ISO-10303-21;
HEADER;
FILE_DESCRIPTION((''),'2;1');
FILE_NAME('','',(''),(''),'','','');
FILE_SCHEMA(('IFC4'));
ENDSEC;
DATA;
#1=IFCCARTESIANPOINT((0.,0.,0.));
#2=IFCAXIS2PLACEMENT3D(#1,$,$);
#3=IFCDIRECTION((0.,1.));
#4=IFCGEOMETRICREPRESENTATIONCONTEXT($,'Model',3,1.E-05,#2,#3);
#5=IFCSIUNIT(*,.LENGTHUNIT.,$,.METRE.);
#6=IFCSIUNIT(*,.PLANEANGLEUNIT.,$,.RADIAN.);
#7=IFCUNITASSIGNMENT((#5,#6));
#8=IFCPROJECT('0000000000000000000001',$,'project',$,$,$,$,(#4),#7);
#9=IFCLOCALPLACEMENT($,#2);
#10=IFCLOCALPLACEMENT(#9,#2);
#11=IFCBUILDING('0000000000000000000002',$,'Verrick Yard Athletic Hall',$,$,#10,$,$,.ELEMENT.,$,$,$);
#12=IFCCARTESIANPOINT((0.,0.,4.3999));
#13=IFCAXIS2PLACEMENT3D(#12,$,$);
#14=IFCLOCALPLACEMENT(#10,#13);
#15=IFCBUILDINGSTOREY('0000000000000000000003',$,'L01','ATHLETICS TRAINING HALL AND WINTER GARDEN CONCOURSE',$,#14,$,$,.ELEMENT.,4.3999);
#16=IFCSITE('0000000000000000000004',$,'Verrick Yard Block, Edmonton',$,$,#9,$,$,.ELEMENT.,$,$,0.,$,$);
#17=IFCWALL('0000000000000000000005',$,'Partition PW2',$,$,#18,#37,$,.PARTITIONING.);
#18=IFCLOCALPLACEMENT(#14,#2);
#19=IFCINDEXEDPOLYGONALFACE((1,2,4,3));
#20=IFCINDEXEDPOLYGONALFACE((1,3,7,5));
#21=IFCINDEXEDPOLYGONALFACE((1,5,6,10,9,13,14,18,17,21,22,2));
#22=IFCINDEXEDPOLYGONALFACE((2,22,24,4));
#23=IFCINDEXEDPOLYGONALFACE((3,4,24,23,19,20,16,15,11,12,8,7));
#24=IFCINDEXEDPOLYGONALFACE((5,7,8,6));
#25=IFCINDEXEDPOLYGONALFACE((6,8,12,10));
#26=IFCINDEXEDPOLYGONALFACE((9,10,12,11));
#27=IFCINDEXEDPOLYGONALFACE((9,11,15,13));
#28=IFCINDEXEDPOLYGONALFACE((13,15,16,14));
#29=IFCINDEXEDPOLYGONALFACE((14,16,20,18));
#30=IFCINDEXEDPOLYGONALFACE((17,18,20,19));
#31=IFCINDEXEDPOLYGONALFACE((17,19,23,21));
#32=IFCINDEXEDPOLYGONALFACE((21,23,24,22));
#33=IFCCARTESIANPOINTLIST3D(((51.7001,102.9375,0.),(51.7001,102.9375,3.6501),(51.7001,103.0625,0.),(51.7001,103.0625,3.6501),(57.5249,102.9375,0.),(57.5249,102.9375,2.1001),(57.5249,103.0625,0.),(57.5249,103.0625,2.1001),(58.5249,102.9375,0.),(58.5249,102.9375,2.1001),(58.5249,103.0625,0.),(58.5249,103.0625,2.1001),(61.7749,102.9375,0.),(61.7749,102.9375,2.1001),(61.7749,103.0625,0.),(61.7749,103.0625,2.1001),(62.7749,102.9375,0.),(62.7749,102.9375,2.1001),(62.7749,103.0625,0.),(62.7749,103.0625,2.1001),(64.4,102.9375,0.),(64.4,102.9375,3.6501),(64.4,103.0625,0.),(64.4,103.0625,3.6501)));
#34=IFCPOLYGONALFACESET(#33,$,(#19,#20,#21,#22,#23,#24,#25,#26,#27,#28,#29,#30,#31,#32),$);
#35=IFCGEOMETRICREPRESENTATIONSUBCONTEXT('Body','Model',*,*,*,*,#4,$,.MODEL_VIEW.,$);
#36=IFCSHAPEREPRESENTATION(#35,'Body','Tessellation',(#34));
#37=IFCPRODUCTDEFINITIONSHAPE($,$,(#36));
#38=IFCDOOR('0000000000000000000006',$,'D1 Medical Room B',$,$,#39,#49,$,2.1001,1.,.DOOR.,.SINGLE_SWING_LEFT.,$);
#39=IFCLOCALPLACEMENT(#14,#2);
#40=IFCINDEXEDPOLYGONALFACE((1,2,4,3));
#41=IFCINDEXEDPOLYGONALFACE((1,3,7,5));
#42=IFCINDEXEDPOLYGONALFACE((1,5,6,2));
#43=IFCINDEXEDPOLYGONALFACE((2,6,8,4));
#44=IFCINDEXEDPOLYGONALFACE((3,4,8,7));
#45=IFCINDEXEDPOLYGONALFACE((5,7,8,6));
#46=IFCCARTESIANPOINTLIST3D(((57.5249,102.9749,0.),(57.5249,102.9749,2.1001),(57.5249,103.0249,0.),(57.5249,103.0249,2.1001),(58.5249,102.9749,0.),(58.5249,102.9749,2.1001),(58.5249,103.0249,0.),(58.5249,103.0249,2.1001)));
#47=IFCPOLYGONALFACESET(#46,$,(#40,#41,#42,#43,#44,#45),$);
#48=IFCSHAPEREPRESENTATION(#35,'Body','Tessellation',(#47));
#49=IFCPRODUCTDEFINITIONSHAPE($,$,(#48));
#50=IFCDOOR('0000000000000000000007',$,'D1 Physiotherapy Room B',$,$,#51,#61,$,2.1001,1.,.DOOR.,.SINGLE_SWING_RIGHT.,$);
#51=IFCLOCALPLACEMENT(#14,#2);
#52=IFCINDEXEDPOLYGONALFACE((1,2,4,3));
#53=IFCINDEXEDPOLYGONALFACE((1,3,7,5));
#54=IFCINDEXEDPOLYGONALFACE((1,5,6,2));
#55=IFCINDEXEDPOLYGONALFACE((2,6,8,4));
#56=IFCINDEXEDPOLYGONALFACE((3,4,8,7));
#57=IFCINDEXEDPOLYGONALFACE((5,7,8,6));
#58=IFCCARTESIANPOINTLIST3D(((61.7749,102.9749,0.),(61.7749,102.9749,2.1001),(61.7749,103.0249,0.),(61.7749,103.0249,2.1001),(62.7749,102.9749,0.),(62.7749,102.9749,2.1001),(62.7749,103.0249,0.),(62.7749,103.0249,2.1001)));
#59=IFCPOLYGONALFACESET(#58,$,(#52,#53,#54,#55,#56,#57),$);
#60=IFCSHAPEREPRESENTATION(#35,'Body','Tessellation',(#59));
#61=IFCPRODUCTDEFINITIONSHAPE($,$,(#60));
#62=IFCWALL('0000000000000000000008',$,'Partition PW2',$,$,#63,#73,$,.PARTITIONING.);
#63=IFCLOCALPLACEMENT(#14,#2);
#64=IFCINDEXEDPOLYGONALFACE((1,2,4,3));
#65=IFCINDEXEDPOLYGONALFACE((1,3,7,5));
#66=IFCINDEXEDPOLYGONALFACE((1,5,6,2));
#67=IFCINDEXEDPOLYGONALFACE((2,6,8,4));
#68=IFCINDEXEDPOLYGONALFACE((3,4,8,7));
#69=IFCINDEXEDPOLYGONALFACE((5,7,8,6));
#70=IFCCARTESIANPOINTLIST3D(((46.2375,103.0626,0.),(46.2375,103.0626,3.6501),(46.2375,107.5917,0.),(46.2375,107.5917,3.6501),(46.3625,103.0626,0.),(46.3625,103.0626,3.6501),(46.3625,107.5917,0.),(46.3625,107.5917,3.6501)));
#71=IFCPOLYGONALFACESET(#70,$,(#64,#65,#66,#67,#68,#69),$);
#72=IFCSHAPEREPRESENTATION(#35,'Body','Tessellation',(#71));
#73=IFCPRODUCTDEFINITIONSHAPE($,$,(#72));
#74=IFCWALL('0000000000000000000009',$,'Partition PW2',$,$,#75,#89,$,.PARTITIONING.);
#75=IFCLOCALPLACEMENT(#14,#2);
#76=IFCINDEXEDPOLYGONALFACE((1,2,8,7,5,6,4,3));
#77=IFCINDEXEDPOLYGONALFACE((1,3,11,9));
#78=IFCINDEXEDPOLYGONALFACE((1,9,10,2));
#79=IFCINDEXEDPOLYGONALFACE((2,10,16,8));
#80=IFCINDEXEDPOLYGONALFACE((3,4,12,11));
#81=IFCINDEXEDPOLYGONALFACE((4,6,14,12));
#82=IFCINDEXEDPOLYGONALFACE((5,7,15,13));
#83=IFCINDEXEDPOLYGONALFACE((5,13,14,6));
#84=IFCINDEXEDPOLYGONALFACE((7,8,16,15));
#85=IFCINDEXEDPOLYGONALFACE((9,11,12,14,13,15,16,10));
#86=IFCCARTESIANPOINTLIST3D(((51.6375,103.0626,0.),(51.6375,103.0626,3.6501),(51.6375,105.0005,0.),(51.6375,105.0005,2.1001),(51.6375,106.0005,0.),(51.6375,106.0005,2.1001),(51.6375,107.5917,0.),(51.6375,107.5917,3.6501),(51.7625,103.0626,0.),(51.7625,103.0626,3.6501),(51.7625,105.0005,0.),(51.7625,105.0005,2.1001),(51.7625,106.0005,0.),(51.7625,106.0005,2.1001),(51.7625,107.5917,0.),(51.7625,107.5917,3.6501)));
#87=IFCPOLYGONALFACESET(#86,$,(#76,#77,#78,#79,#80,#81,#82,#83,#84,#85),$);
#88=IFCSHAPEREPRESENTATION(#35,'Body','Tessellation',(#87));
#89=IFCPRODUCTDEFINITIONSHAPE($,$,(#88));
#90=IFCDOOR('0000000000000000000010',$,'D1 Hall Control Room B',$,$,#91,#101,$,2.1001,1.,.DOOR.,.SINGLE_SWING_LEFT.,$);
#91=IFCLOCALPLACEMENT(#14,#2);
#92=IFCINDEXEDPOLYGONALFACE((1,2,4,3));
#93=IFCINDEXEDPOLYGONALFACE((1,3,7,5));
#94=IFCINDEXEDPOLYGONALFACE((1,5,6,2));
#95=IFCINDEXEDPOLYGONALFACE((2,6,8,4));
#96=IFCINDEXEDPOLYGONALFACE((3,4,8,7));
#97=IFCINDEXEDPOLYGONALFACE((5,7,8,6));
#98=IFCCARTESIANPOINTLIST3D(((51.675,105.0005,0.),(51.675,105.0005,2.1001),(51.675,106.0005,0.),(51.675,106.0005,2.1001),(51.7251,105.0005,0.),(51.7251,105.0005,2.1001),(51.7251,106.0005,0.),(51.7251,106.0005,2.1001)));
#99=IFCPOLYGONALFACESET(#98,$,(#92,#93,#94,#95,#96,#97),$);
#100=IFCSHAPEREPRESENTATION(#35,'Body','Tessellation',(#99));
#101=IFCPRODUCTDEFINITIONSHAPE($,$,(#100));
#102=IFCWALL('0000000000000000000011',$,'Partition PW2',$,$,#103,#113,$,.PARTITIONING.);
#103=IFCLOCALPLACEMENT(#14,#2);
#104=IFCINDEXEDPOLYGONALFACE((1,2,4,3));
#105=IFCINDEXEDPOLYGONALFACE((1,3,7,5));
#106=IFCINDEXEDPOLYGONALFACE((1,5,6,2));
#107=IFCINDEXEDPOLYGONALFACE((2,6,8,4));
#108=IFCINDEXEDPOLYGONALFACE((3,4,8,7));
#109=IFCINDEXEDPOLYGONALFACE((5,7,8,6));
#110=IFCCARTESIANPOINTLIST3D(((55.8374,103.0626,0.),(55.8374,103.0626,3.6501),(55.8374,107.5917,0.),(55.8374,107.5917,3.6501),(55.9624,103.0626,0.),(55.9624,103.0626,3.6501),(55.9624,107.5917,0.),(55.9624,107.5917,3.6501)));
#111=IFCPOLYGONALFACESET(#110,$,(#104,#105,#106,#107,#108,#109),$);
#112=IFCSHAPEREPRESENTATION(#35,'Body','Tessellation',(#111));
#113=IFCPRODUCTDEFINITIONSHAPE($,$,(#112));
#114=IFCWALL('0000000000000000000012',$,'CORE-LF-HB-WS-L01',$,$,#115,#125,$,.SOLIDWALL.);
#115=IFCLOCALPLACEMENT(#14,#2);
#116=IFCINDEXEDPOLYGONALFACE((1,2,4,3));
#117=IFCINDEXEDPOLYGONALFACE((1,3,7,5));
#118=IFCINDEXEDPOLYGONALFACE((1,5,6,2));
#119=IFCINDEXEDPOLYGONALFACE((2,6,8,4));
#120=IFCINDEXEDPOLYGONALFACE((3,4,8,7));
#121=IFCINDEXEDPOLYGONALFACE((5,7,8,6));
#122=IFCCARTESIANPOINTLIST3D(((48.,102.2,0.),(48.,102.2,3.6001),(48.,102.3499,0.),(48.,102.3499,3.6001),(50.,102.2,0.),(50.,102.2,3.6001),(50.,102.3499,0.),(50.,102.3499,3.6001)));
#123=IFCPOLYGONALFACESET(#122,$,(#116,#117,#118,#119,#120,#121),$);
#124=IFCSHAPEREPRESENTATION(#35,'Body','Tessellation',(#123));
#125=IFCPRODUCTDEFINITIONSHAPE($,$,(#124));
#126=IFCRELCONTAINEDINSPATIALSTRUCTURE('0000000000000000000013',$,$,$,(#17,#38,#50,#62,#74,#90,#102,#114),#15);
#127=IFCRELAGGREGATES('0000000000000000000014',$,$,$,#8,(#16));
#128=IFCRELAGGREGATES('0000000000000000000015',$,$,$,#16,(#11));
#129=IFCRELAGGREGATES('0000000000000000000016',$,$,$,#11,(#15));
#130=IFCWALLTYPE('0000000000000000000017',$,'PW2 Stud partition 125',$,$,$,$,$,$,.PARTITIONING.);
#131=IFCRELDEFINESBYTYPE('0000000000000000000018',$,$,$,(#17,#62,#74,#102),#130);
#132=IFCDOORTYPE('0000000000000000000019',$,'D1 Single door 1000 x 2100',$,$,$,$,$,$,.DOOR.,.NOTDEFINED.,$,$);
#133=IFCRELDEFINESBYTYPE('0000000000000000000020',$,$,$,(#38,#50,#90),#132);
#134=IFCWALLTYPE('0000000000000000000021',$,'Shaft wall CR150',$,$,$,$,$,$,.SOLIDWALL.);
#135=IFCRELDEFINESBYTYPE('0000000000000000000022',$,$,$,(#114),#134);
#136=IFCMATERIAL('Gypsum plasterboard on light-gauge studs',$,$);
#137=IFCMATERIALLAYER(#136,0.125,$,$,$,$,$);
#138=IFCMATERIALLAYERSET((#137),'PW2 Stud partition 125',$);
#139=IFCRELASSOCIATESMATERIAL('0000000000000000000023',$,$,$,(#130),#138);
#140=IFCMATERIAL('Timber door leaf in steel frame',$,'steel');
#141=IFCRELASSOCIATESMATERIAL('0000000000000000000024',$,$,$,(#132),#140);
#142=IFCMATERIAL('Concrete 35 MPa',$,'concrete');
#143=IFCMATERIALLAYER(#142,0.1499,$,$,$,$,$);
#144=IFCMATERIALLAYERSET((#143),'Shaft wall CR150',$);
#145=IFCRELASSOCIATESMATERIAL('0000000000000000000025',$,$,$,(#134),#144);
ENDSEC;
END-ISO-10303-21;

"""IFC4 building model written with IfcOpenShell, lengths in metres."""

from ifc_helpers import new_model, si_unit, direction, frame, frame_2d, origin, place, context, subcontext, project, spatial, rectangle, extrude, material, layer, layer_set, type_object, element, fill, save


model = new_model("IFC4")

# Units and contexts
model_context = context("Model", 3, precision=1e-05, world=origin(), true_north=direction((0.0, 1.0)))
body_context = subcontext(model_context, "Body", "Model", "MODEL_VIEW")
ifc_project = project(units=[si_unit("LENGTHUNIT", "METRE"), si_unit("PLANEANGLEUNIT", "RADIAN")], contexts=[model_context])

# Site, building, storey
site_placement = place(None, origin())
site = spatial("IfcSite", under=ifc_project, at=site_placement, Name="Verrick Yard Block, Edmonton", CompositionType="ELEMENT", RefElevation=0.0)
building_placement = place(site_placement, origin())
building = spatial("IfcBuilding", under=site, at=building_placement, Name="Verrick Yard Athletic Hall", CompositionType="ELEMENT")
storey_placement = place(building_placement, frame((0.0, 0.0, 4.3999)))
storey = spatial("IfcBuildingStorey", under=building, at=storey_placement, Name="L01", Description="ATHLETICS TRAINING HALL AND WINTER GARDEN CONCOURSE", CompositionType="ELEMENT", Elevation=4.3999)

# Shared definitions
ifc_material_1 = material(Name="Concrete 35 MPa", Category="concrete")

# Wall, openings, doors
ifc_material_2 = material(Name="Gypsum plasterboard on light-gauge studs")
ifc_layer_1 = layer(ifc_material_2, 0.125)
ifc_layer_set_1 = layer_set([ifc_layer_1], Name="PW2 Stud partition 125")
wall_type_1 = type_object("IfcWallType", Name="PW2 Stud partition 125", PredefinedType="PARTITIONING", material=ifc_layer_set_1)
wall_1_placement = place(storey_placement, frame((51.7, 103.0, 0.0), z_axis=(0.0, 0.0, 1.0), x_axis=(1.0, 0.0, 0.0)))
wall_1 = element("IfcWall", 1, at=wall_1_placement, inside=storey, type_object=wall_type_1, Name="Partition PW2", PredefinedType="PARTITIONING", context=body_context, shape_type="SweptSolid", body=[
    extrude(rectangle(XDim=12.7, YDim=0.125, at=frame_2d((6.3501, 0.0))), origin(), (0.0, 0.0, 1.0), 3.6501),
])
opening_1_placement = place(wall_1_placement, frame((5.825, 0.0, 0.0)))
opening_1 = element("IfcOpeningElement", 2, at=opening_1_placement, cuts=wall_1, PredefinedType="OPENING", context=body_context, shape_type="SweptSolid", body=[
    extrude(rectangle(XDim=1.0, YDim=2.1001, at=frame_2d((0.5, 1.05))), frame((0.0, 0.0725, 0.0), z_axis=(0.0, -1.0, 0.0), x_axis=(1.0, 0.0, 0.0)), (0.0, 0.0, 1.0), 0.145),
])
opening_2_placement = place(wall_1_placement, frame((10.075, 0.0, 0.0)))
opening_2 = element("IfcOpeningElement", 3, at=opening_2_placement, cuts=wall_1, PredefinedType="OPENING", context=body_context, shape_type="SweptSolid", body=[
    extrude(rectangle(XDim=1.0, YDim=2.1001, at=frame_2d((0.5, 1.05))), frame((0.0, 0.0725, 0.0), z_axis=(0.0, -1.0, 0.0), x_axis=(1.0, 0.0, 0.0)), (0.0, 0.0, 1.0), 0.145),
])
ifc_material_3 = material(Name="Timber door leaf in steel frame", Category="steel")
door_type_1 = type_object("IfcDoorType", Name="D1 Single door 1000 x 2100", OperationType="NOTDEFINED", PredefinedType="DOOR", material=ifc_material_3)
door_1_placement = place(opening_1_placement, origin())
door_1 = element("IfcDoor", 4, at=door_1_placement, inside=storey, type_object=door_type_1, Name="D1 Medical Room B", OperationType="SINGLE_SWING_LEFT", OverallHeight=2.1001, OverallWidth=1.0, PredefinedType="DOOR", context=body_context, shape_type="SweptSolid", body=[
    extrude(rectangle(XDim=1.0, YDim=2.1001, at=frame_2d((0.5, 1.05))), frame((0.0, 0.0249, 0.0), z_axis=(0.0, -1.0, 0.0), x_axis=(1.0, 0.0, 0.0)), (0.0, 0.0, 1.0), 0.05),
])
fill(opening_1, door_1)
door_2_placement = place(opening_2_placement, origin())
door_2 = element("IfcDoor", 5, at=door_2_placement, inside=storey, type_object=door_type_1, Name="D1 Physiotherapy Room B", OperationType="SINGLE_SWING_RIGHT", OverallHeight=2.1001, OverallWidth=1.0, PredefinedType="DOOR", context=body_context, shape_type="SweptSolid", body=[
    extrude(rectangle(XDim=1.0, YDim=2.1001, at=frame_2d((0.5, 1.05))), frame((0.0, 0.0249, 0.0), z_axis=(0.0, -1.0, 0.0), x_axis=(1.0, 0.0, 0.0)), (0.0, 0.0, 1.0), 0.05),
])
fill(opening_2, door_2)

# Wall
wall_2_placement = place(storey_placement, frame((46.3, 103.0625, 0.0), z_axis=(0.0, 0.0, 1.0), x_axis=(0.0, 1.0, 0.0)))
element("IfcWall", 6, at=wall_2_placement, inside=storey, type_object=wall_type_1, Name="Partition PW2", PredefinedType="PARTITIONING", context=body_context, shape_type="SweptSolid", body=[
    extrude(rectangle(XDim=4.5291, YDim=0.125, at=frame_2d((2.2646, 0.0))), origin(), (0.0, 0.0, 1.0), 3.6501),
])

# Wall, opening, door
wall_3_placement = place(storey_placement, frame((51.7, 103.0625, 0.0), z_axis=(0.0, 0.0, 1.0), x_axis=(0.0, 1.0, 0.0)))
wall_3 = element("IfcWall", 7, at=wall_3_placement, inside=storey, type_object=wall_type_1, Name="Partition PW2", PredefinedType="PARTITIONING", context=body_context, shape_type="SweptSolid", body=[
    extrude(rectangle(XDim=4.5291, YDim=0.125, at=frame_2d((2.2646, 0.0))), origin(), (0.0, 0.0, 1.0), 3.6501),
])
opening_3_placement = place(wall_3_placement, frame((1.938, 0.0, 0.0)))
opening_3 = element("IfcOpeningElement", 8, at=opening_3_placement, cuts=wall_3, PredefinedType="OPENING", context=body_context, shape_type="SweptSolid", body=[
    extrude(rectangle(XDim=1.0, YDim=2.1001, at=frame_2d((0.5, 1.05))), frame((0.0, 0.0725, 0.0), z_axis=(0.0, -1.0, 0.0), x_axis=(1.0, 0.0, 0.0)), (0.0, 0.0, 1.0), 0.145),
])
door_3_placement = place(opening_3_placement, origin())
door_3 = element("IfcDoor", 9, at=door_3_placement, inside=storey, type_object=door_type_1, Name="D1 Hall Control Room B", OperationType="SINGLE_SWING_LEFT", OverallHeight=2.1001, OverallWidth=1.0, PredefinedType="DOOR", context=body_context, shape_type="SweptSolid", body=[
    extrude(rectangle(XDim=1.0, YDim=2.1001, at=frame_2d((0.5, 1.05))), frame((0.0, 0.0249, 0.0), z_axis=(0.0, -1.0, 0.0), x_axis=(1.0, 0.0, 0.0)), (0.0, 0.0, 1.0), 0.05),
])
fill(opening_3, door_3)

# Walls
wall_4_placement = place(storey_placement, frame((55.8999, 103.0625, 0.0), z_axis=(0.0, 0.0, 1.0), x_axis=(0.0, 1.0, 0.0)))
element("IfcWall", 10, at=wall_4_placement, inside=storey, type_object=wall_type_1, Name="Partition PW2", PredefinedType="PARTITIONING", context=body_context, shape_type="SweptSolid", body=[
    extrude(rectangle(XDim=4.5291, YDim=0.125, at=frame_2d((2.2646, 0.0))), origin(), (0.0, 0.0, 1.0), 3.6501),
])
ifc_layer_2 = layer(ifc_material_1, 0.1499)
ifc_layer_set_2 = layer_set([ifc_layer_2], Name="Shaft wall CR150")
wall_type_2 = type_object("IfcWallType", Name="Shaft wall CR150", PredefinedType="SOLIDWALL", material=ifc_layer_set_2)
wall_5_placement = place(storey_placement, frame((48.0, 102.2749, 0.0), z_axis=(0.0, 0.0, 1.0), x_axis=(1.0, 0.0, 0.0)))
element("IfcWall", 11, at=wall_5_placement, inside=storey, type_object=wall_type_2, Name="CORE-LF-HB-WS-L01", PredefinedType="SOLIDWALL", context=body_context, shape_type="SweptSolid", body=[
    extrude(rectangle(XDim=2.0, YDim=0.1499, at=frame_2d((1.0, 0.0))), origin(), (0.0, 0.0, 1.0), 3.6001),
])

save(model, "model.ifc")
